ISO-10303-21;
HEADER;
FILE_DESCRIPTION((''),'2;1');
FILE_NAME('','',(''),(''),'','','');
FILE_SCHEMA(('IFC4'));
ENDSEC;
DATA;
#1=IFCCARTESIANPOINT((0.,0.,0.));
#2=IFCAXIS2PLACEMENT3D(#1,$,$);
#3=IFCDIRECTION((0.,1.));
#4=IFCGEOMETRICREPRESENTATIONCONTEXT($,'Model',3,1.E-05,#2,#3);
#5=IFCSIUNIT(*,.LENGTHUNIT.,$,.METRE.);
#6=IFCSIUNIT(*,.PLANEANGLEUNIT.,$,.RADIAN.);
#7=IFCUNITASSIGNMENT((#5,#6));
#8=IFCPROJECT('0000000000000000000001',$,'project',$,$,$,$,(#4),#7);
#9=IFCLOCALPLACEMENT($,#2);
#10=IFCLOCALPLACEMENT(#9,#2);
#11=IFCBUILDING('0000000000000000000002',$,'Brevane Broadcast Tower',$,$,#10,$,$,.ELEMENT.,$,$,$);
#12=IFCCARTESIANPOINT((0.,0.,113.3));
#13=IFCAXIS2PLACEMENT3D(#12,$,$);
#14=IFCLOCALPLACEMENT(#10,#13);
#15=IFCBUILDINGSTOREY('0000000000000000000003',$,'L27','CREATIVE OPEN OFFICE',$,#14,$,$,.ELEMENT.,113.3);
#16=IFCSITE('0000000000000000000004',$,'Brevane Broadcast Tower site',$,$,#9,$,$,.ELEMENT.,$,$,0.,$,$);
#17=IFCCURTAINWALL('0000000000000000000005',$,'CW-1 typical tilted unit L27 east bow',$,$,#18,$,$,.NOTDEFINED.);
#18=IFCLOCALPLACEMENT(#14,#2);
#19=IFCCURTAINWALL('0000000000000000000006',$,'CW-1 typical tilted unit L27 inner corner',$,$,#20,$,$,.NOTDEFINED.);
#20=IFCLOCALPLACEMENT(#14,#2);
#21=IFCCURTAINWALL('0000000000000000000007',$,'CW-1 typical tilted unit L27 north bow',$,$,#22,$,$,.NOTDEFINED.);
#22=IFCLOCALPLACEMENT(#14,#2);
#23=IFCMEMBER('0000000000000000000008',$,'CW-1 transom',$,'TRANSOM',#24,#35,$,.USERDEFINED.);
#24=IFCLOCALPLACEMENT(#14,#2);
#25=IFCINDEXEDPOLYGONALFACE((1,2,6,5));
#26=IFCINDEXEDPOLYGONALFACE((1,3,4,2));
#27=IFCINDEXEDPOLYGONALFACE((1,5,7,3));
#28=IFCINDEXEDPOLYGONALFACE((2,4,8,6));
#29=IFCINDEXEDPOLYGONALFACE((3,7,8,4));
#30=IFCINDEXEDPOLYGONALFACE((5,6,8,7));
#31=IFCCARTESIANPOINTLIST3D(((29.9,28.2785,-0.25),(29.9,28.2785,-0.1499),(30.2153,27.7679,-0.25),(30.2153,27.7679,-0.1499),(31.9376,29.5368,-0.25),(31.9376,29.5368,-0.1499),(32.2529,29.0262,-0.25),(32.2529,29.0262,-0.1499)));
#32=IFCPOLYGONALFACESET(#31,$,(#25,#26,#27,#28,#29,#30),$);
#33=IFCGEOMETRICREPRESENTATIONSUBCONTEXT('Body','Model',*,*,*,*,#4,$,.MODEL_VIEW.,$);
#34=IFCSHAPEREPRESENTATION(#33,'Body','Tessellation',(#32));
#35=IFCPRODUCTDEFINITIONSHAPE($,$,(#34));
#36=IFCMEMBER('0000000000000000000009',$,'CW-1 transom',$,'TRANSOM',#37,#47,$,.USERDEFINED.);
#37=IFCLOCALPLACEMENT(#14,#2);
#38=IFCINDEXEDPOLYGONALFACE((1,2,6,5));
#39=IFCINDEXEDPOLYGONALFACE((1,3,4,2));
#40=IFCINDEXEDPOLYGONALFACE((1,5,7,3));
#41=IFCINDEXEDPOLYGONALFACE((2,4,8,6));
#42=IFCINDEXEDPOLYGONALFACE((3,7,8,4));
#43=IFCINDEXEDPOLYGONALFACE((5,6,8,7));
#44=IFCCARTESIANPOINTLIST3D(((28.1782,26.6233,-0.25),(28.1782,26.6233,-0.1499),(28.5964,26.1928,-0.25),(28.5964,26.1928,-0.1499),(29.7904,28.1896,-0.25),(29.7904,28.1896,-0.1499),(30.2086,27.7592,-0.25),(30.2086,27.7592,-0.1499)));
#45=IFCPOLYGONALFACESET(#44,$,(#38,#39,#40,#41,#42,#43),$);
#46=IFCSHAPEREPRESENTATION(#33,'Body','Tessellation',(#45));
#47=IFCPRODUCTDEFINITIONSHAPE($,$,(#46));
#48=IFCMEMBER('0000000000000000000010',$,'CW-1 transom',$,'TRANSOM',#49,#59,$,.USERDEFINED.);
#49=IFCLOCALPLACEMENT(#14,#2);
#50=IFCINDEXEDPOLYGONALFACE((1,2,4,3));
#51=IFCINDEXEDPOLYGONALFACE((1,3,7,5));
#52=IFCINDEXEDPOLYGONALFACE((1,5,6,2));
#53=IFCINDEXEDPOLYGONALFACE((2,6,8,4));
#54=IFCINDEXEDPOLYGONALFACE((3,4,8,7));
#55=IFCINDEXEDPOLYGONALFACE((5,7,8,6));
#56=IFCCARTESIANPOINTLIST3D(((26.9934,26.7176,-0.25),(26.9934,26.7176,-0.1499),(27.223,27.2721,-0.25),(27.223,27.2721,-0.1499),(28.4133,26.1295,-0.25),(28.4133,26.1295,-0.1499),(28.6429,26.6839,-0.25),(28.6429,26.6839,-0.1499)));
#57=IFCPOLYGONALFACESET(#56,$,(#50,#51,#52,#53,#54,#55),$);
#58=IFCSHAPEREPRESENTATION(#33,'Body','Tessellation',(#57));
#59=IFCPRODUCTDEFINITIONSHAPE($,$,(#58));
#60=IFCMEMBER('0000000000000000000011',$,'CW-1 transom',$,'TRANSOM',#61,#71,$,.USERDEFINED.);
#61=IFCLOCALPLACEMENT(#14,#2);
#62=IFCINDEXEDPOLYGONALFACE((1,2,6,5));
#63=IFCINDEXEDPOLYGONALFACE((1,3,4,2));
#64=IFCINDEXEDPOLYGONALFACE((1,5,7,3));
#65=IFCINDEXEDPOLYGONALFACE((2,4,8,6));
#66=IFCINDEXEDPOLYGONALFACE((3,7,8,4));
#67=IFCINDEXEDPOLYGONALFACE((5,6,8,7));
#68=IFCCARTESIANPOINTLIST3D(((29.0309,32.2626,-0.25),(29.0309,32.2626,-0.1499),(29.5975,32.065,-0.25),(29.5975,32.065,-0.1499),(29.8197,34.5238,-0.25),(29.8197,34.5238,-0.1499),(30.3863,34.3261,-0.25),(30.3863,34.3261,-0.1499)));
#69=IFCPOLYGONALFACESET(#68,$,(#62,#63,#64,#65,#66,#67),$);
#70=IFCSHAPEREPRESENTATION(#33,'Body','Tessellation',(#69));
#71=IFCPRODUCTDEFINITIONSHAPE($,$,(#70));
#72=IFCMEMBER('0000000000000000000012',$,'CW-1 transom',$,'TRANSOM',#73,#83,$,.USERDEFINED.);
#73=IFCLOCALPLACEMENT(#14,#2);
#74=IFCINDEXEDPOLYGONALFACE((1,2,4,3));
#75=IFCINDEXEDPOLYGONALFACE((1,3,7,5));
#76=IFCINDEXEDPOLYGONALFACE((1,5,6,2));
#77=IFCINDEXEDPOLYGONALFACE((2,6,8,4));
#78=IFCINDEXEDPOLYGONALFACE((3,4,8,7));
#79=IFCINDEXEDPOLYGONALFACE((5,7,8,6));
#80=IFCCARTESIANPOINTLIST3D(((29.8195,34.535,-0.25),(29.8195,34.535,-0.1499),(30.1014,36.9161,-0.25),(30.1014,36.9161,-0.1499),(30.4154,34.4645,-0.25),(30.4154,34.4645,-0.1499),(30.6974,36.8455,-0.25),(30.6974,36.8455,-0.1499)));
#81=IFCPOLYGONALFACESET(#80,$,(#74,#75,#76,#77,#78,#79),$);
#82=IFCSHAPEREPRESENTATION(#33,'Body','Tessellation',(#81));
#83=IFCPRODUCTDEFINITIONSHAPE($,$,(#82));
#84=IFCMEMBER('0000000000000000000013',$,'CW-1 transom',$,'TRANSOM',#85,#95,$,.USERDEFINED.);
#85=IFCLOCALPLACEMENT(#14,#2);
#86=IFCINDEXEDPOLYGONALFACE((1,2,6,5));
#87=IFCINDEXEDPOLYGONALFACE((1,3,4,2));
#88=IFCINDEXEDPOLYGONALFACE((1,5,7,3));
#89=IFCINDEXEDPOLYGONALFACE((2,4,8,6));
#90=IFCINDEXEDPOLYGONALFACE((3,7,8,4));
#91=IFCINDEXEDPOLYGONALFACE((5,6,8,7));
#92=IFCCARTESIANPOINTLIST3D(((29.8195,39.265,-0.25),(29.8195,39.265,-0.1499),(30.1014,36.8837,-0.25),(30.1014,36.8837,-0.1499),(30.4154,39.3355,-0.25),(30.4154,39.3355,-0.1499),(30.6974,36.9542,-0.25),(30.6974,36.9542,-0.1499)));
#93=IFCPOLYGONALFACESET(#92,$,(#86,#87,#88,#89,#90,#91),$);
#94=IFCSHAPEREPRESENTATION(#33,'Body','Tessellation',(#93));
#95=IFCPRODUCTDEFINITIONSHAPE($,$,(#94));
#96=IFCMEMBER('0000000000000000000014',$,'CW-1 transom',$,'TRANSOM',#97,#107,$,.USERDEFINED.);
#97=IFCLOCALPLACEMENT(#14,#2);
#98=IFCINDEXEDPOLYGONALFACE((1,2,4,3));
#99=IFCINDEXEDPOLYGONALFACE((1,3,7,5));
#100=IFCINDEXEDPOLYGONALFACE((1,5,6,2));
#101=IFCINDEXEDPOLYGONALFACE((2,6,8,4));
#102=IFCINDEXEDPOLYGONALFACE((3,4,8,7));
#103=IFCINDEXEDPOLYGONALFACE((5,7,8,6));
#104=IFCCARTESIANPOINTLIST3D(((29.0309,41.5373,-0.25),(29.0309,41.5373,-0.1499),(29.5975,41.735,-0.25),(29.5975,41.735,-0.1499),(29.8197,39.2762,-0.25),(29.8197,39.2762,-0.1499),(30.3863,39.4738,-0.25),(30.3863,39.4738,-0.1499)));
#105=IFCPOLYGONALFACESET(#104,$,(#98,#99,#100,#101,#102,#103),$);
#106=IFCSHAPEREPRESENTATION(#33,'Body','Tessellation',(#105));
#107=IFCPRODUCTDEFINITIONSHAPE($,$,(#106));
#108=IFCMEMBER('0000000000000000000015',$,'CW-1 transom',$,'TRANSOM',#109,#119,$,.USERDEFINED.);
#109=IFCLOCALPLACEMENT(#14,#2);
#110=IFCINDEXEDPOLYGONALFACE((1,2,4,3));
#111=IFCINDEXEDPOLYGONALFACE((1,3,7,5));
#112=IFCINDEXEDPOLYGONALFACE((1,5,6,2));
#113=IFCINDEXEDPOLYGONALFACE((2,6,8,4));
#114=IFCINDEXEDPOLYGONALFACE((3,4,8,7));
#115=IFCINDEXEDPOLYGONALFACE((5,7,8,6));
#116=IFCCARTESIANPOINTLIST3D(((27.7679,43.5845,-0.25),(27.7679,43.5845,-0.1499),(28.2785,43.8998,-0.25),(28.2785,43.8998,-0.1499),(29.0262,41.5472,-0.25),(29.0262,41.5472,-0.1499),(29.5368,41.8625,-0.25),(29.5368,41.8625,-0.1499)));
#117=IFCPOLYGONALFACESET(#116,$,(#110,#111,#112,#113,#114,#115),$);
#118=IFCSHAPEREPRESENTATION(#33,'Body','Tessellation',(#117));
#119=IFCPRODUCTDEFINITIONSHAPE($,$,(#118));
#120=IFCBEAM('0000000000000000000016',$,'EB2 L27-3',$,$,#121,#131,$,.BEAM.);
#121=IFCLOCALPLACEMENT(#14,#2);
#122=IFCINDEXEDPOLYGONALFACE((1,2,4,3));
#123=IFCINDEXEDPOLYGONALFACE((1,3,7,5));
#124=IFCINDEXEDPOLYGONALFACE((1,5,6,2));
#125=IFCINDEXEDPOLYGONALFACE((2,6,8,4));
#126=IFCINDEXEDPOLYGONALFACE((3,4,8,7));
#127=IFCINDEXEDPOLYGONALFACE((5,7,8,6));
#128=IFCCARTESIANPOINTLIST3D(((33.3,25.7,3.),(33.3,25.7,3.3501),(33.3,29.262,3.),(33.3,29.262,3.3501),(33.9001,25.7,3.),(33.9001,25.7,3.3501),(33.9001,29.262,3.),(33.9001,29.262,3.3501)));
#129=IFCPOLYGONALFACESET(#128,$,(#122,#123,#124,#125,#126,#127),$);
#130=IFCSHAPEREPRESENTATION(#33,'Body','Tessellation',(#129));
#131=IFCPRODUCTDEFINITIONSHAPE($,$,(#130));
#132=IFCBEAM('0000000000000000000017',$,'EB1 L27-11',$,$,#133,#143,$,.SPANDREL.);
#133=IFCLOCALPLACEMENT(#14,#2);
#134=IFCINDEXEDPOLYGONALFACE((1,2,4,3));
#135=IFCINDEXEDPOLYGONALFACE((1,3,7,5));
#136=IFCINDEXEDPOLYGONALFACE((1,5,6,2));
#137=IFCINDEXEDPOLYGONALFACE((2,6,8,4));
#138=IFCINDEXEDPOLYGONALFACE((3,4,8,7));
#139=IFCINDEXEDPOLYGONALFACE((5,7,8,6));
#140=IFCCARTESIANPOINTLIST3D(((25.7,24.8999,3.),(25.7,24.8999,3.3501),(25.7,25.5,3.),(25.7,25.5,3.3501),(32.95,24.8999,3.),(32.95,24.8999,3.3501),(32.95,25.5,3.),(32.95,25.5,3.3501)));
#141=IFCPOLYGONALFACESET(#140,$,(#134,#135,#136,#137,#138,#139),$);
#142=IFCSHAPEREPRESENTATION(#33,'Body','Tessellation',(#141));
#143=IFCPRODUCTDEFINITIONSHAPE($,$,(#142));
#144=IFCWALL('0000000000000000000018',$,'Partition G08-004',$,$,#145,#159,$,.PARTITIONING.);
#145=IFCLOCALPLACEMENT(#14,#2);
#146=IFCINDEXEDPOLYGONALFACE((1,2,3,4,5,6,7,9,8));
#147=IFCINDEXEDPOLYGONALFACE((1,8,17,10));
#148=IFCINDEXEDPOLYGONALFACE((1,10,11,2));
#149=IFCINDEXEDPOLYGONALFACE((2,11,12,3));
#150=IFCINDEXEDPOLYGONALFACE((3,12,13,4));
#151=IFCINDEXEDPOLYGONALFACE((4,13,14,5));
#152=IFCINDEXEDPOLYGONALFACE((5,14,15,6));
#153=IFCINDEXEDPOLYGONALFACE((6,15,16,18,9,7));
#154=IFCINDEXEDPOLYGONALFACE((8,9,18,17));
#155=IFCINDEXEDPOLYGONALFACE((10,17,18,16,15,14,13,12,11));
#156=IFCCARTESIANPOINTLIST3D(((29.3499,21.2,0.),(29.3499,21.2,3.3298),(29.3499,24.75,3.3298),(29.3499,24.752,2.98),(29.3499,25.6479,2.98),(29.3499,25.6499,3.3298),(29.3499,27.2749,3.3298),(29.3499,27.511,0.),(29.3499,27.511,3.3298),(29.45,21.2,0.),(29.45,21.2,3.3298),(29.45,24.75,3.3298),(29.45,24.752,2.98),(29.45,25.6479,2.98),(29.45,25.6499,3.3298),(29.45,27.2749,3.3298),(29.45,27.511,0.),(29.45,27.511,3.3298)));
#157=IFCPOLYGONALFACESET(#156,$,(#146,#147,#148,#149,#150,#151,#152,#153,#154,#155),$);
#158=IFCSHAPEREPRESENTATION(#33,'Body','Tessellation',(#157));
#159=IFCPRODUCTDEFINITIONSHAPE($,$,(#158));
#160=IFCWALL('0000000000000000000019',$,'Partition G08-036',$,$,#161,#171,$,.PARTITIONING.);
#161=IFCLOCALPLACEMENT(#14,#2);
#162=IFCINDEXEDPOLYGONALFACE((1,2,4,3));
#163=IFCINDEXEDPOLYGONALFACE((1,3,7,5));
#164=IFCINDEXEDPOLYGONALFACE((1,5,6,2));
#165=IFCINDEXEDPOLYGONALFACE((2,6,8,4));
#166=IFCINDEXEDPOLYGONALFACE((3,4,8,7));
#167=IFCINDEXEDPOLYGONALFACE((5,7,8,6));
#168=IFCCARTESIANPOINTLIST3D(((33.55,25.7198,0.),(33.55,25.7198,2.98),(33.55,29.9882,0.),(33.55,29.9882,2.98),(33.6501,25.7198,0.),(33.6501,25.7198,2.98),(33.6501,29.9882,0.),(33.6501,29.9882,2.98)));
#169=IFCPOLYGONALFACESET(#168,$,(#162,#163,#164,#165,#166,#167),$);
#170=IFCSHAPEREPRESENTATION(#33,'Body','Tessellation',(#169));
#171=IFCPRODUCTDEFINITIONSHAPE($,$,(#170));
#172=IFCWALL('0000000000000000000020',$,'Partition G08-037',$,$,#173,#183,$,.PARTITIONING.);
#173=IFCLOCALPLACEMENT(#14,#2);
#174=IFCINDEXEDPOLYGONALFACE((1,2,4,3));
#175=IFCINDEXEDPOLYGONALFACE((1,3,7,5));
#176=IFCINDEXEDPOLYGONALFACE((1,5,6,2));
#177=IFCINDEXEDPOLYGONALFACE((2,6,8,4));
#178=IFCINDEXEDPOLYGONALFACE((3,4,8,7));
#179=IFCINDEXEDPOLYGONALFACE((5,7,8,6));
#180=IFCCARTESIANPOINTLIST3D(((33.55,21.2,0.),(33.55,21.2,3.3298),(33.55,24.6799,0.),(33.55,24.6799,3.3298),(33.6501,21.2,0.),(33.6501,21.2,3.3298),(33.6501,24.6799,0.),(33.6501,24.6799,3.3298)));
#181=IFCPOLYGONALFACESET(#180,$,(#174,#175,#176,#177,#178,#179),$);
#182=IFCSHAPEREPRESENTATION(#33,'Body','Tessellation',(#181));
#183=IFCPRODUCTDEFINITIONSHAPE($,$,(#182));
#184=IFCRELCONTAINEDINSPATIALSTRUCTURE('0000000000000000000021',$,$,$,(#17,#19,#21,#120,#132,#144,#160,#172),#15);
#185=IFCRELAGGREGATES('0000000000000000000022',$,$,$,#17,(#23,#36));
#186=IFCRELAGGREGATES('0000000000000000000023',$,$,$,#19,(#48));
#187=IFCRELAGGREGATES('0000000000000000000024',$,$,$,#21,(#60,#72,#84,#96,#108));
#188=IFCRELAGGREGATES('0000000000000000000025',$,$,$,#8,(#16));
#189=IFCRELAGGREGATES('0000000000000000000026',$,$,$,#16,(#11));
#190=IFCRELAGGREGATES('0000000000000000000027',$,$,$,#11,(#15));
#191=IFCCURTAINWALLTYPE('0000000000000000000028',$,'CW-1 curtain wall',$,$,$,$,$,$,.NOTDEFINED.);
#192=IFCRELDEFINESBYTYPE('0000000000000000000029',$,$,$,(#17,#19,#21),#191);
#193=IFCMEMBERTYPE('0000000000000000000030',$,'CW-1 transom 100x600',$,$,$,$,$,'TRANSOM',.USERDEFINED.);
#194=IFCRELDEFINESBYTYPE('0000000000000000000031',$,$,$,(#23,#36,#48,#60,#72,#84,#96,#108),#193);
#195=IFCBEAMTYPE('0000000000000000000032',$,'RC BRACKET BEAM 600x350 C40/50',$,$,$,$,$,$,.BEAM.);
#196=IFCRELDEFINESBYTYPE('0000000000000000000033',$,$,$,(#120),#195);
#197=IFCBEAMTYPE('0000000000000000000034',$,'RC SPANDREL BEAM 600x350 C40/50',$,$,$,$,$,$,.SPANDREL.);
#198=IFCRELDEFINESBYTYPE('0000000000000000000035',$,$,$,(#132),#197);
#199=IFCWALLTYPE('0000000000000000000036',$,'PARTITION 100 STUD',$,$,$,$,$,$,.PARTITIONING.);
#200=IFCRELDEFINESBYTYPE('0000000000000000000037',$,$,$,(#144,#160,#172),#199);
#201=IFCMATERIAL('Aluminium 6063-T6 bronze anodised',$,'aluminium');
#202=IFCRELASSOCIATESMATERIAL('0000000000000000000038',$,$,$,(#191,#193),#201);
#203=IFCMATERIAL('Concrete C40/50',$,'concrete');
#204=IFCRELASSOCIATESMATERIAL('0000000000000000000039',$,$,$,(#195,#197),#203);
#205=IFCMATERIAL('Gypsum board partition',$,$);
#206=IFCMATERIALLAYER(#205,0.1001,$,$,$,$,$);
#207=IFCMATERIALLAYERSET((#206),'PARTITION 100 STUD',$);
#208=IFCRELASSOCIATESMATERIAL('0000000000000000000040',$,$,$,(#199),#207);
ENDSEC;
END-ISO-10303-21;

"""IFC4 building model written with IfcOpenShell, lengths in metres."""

from ifc_helpers import new_model, si_unit, direction, frame, frame_2d, origin, origin_2d, place, context, subcontext, project, spatial, polyline, rectangle, outline, extrude, material, layer, layer_set, material_profile, profile_set, type_object, element, aggregate, save


model = new_model("IFC4")

# Units and contexts
model_context = context("Model", 3, precision=1e-05, world=origin(), true_north=direction((0.0, 1.0)))
body_context = subcontext(model_context, "Body", "Model", "MODEL_VIEW")
ifc_project = project(units=[si_unit("LENGTHUNIT", "METRE"), si_unit("PLANEANGLEUNIT", "RADIAN")], contexts=[model_context])

# Site, building, storey
site_placement = place(None, origin())
site = spatial("IfcSite", under=ifc_project, at=site_placement, Name="Brevane Broadcast Tower site", CompositionType="ELEMENT", RefElevation=0.0)
building_placement = place(site_placement, origin())
building = spatial("IfcBuilding", under=site, at=building_placement, Name="Brevane Broadcast Tower", CompositionType="ELEMENT")
storey_placement = place(building_placement, frame((0.0, 0.0, 113.3)))
storey = spatial("IfcBuildingStorey", under=building, at=storey_placement, Name="L27", Description="CREATIVE OPEN OFFICE", CompositionType="ELEMENT", Elevation=113.3)

# Curtain wall
ifc_material_1 = material(Name="Aluminium 6063-T6 bronze anodised", Category="aluminium")
curtain_wall_type = type_object("IfcCurtainWallType", Name="CW-1 curtain wall", PredefinedType="NOTDEFINED", material=ifc_material_1)
curtain_wall_1_placement = place(storey_placement, origin())
curtain_wall_1 = element("IfcCurtainWall", 1, at=curtain_wall_1_placement, inside=storey, type_object=curtain_wall_type, Name="CW-1 typical tilted unit L27 east bow", PredefinedType="NOTDEFINED")

# Curtain wall
curtain_wall_2_placement = place(storey_placement, origin())
curtain_wall_2 = element("IfcCurtainWall", 2, at=curtain_wall_2_placement, inside=storey, type_object=curtain_wall_type, Name="CW-1 typical tilted unit L27 inner corner", PredefinedType="NOTDEFINED")

# Curtain wall
curtain_wall_3_placement = place(storey_placement, origin())
curtain_wall_3 = element("IfcCurtainWall", 3, at=curtain_wall_3_placement, inside=storey, type_object=curtain_wall_type, Name="CW-1 typical tilted unit L27 north bow", PredefinedType="NOTDEFINED")

# Members
ifc_material_profile_1 = material_profile(ifc_material_1, rectangle(XDim=0.6001, YDim=0.1001, at=origin_2d()), Name="RECT 100x600")
ifc_profile_set_1 = profile_set([ifc_material_profile_1], Name="Aluminium 6063-T6 bronze anodised")
member_type_1 = type_object("IfcMemberType", Name="CW-1 transom 100x600", ElementType="TRANSOM", PredefinedType="USERDEFINED", material=ifc_profile_set_1)
member_1_placement = place(storey_placement, frame((32.0952, 29.2815, -0.2), z_axis=(-0.850838, -0.525428, 0.0), x_axis=(0.525428, -0.850838, 0.0)))
member_1 = element("IfcMember", 4, at=member_1_placement, type_object=member_type_1, Name="CW-1 transom", ObjectType="TRANSOM", PredefinedType="USERDEFINED", context=body_context, shape_type="SweptSolid", body=[
    extrude(rectangle(XDim=0.6001, YDim=0.1001, at=origin_2d()), origin(), (0.0, 0.0, 1.0), 2.3948),
])
member_2_placement = place(storey_placement, frame((29.9995, 27.9744, -0.2), z_axis=(-0.717242, -0.696824, 0.0), x_axis=(0.696824, -0.717242, 0.0)))
member_2 = element("IfcMember", 5, at=member_2_placement, type_object=member_type_1, Name="CW-1 transom", ObjectType="TRANSOM", PredefinedType="USERDEFINED", context=body_context, shape_type="SweptSolid", body=[
    extrude(rectangle(XDim=0.6001, YDim=0.1001, at=origin_2d()), origin(), (0.0, 0.0, 1.0), 2.2478),
])
aggregate(curtain_wall_1, [member_1, member_2])
member_3_placement = place(storey_placement, frame((28.5281, 26.4067, -0.2), z_axis=(-0.923883, 0.382674, 0.0), x_axis=(-0.382674, -0.923883, 0.0)))
member_3 = element("IfcMember", 6, at=member_3_placement, type_object=member_type_1, Name="CW-1 transom", ObjectType="TRANSOM", PredefinedType="USERDEFINED", context=body_context, shape_type="SweptSolid", body=[
    extrude(rectangle(XDim=0.6001, YDim=0.1001, at=origin_2d()), origin(), (0.0, 0.0, 1.0), 1.5369),
])
aggregate(curtain_wall_2, [member_3])
member_4_placement = place(storey_placement, frame((29.3142, 32.1638, -0.2), z_axis=(0.329378, 0.944198, 0.0), x_axis=(-0.944198, 0.329378, 0.0)))
member_4 = element("IfcMember", 7, at=member_4_placement, type_object=member_type_1, Name="CW-1 transom", ObjectType="TRANSOM", PredefinedType="USERDEFINED", context=body_context, shape_type="SweptSolid", body=[
    extrude(rectangle(XDim=0.6001, YDim=0.1001, at=origin_2d()), origin(), (0.0, 0.0, 1.0), 2.3948),
])
member_5_placement = place(storey_placement, frame((30.1174, 34.4998, -0.2), z_axis=(0.117603, 0.993061, 0.0), x_axis=(-0.993061, 0.117603, 0.0)))
member_5 = element("IfcMember", 8, at=member_5_placement, type_object=member_type_1, Name="CW-1 transom", ObjectType="TRANSOM", PredefinedType="USERDEFINED", context=body_context, shape_type="SweptSolid", body=[
    extrude(rectangle(XDim=0.6001, YDim=0.1001, at=origin_2d()), origin(), (0.0, 0.0, 1.0), 2.3977),
])
member_6_placement = place(storey_placement, frame((30.3994, 36.9189, -0.2), z_axis=(-0.117591, 0.993062, 0.0), x_axis=(-0.993062, -0.117591, 0.0)))
member_6 = element("IfcMember", 9, at=member_6_placement, type_object=member_type_1, Name="CW-1 transom", ObjectType="TRANSOM", PredefinedType="USERDEFINED", context=body_context, shape_type="SweptSolid", body=[
    extrude(rectangle(XDim=0.6001, YDim=0.1001, at=origin_2d()), origin(), (0.0, 0.0, 1.0), 2.3979),
])
member_7_placement = place(storey_placement, frame((30.103, 39.375, -0.2), z_axis=(-0.329378, 0.944198, 0.0), x_axis=(-0.944198, -0.329378, 0.0)))
member_7 = element("IfcMember", 10, at=member_7_placement, type_object=member_type_1, Name="CW-1 transom", ObjectType="TRANSOM", PredefinedType="USERDEFINED", context=body_context, shape_type="SweptSolid", body=[
    extrude(rectangle(XDim=0.6001, YDim=0.1001, at=origin_2d()), origin(), (0.0, 0.0, 1.0), 2.3948),
])
member_8_placement = place(storey_placement, frame((29.2815, 41.7048, -0.2), z_axis=(-0.525473, 0.85081, 0.0), x_axis=(-0.85081, -0.525473, 0.0)))
member_8 = element("IfcMember", 11, at=member_8_placement, type_object=member_type_1, Name="CW-1 transom", ObjectType="TRANSOM", PredefinedType="USERDEFINED", context=body_context, shape_type="SweptSolid", body=[
    extrude(rectangle(XDim=0.6001, YDim=0.1001, at=origin_2d()), origin(), (0.0, 0.0, 1.0), 2.3945),
])
aggregate(curtain_wall_3, [member_4, member_5, member_6, member_7, member_8])

# Beams
ifc_material_2 = material(Name="Concrete C40/50", Category="concrete")
ifc_material_profile_2 = material_profile(ifc_material_2, rectangle(XDim=0.6001, YDim=0.3501, at=origin_2d()), Name="RC 600x350")
ifc_profile_set_2 = profile_set([ifc_material_profile_2], Name="Concrete C40/50")
beam_type_1 = type_object("IfcBeamType", Name="RC BRACKET BEAM 600x350 C40/50", PredefinedType="BEAM", material=ifc_profile_set_2)
beam_1_placement = place(storey_placement, frame((33.6001, 25.7, 3.175), z_axis=(0.0, 1.0, 0.0), x_axis=(-1.0, 0.0, 0.0)))
element("IfcBeam", 12, at=beam_1_placement, inside=storey, type_object=beam_type_1, Name="EB2 L27-3", PredefinedType="BEAM", context=body_context, shape_type="SweptSolid", body=[
    extrude(rectangle(XDim=0.6001, YDim=0.3501, at=origin_2d()), origin(), (0.0, 0.0, 1.0), 3.562),
])
ifc_material_profile_3 = material_profile(ifc_material_2, rectangle(XDim=0.6001, YDim=0.3501, at=origin_2d()), Name="RC 600x350")
ifc_profile_set_3 = profile_set([ifc_material_profile_3], Name="Concrete C40/50")
beam_type_2 = type_object("IfcBeamType", Name="RC SPANDREL BEAM 600x350 C40/50", PredefinedType="SPANDREL", material=ifc_profile_set_3)
beam_2_placement = place(storey_placement, frame((32.95, 25.2, 3.175), z_axis=(-1.0, 0.0, 0.0), x_axis=(0.0, -1.0, 0.0)))
element("IfcBeam", 13, at=beam_2_placement, inside=storey, type_object=beam_type_2, Name="EB1 L27-11", PredefinedType="SPANDREL", context=body_context, shape_type="SweptSolid", body=[
    extrude(rectangle(XDim=0.6001, YDim=0.3501, at=origin_2d()), origin(), (0.0, 0.0, 1.0), 7.25),
])

# Walls
ifc_material_3 = material(Name="Gypsum board partition")
ifc_layer_1 = layer(ifc_material_3, 0.1001)
ifc_layer_set_1 = layer_set([ifc_layer_1], Name="PARTITION 100 STUD")
wall_type_1 = type_object("IfcWallType", Name="PARTITION 100 STUD", PredefinedType="PARTITIONING", material=ifc_layer_set_1)
wall_1_placement = place(storey_placement, frame((29.3999, 27.511, 0.0), z_axis=(0.0, 0.0, 1.0), x_axis=(0.0, -1.0, 0.0)))
element("IfcWall", 14, at=wall_1_placement, inside=storey, type_object=wall_type_1, Name="Partition G08-004", PredefinedType="PARTITIONING", context=body_context, shape_type="SweptSolid", body=[
    extrude(outline(polyline([(0.0, 0.0), (6.311, 0.0), (6.311, 3.3298), (2.761, 3.3298), (2.759, 2.98), (1.863, 2.98), (1.8611, 3.3298), (0.2361, 3.3298), (0.0, 3.3298), (0.0, 0.0)])), frame((0.0, 0.05, 0.0), z_axis=(0.0, -1.0, 0.0), x_axis=(1.0, 0.0, 0.0)), (0.0, 0.0, 1.0), 0.1001),
])
wall_2_placement = place(storey_placement, frame((33.6001, 29.9883, 0.0), z_axis=(0.0, 0.0, 1.0), x_axis=(0.0, -1.0, 0.0)))
element("IfcWall", 15, at=wall_2_placement, inside=storey, type_object=wall_type_1, Name="Partition G08-036", PredefinedType="PARTITIONING", context=body_context, shape_type="SweptSolid", body=[
    extrude(rectangle(XDim=4.2683, YDim=0.1001, at=frame_2d((2.1343, 0.0))), origin(), (0.0, 0.0, 1.0), 2.98),
])
wall_3_placement = place(storey_placement, frame((33.6001, 24.6799, 0.0), z_axis=(0.0, 0.0, 1.0), x_axis=(0.0, -1.0, 0.0)))
element("IfcWall", 16, at=wall_3_placement, inside=storey, type_object=wall_type_1, Name="Partition G08-037", PredefinedType="PARTITIONING", context=body_context, shape_type="SweptSolid", body=[
    extrude(rectangle(XDim=3.48, YDim=0.1001, at=frame_2d((1.74, 0.0))), origin(), (0.0, 0.0, 1.0), 3.3298),
])

save(model, "model.ifc")
